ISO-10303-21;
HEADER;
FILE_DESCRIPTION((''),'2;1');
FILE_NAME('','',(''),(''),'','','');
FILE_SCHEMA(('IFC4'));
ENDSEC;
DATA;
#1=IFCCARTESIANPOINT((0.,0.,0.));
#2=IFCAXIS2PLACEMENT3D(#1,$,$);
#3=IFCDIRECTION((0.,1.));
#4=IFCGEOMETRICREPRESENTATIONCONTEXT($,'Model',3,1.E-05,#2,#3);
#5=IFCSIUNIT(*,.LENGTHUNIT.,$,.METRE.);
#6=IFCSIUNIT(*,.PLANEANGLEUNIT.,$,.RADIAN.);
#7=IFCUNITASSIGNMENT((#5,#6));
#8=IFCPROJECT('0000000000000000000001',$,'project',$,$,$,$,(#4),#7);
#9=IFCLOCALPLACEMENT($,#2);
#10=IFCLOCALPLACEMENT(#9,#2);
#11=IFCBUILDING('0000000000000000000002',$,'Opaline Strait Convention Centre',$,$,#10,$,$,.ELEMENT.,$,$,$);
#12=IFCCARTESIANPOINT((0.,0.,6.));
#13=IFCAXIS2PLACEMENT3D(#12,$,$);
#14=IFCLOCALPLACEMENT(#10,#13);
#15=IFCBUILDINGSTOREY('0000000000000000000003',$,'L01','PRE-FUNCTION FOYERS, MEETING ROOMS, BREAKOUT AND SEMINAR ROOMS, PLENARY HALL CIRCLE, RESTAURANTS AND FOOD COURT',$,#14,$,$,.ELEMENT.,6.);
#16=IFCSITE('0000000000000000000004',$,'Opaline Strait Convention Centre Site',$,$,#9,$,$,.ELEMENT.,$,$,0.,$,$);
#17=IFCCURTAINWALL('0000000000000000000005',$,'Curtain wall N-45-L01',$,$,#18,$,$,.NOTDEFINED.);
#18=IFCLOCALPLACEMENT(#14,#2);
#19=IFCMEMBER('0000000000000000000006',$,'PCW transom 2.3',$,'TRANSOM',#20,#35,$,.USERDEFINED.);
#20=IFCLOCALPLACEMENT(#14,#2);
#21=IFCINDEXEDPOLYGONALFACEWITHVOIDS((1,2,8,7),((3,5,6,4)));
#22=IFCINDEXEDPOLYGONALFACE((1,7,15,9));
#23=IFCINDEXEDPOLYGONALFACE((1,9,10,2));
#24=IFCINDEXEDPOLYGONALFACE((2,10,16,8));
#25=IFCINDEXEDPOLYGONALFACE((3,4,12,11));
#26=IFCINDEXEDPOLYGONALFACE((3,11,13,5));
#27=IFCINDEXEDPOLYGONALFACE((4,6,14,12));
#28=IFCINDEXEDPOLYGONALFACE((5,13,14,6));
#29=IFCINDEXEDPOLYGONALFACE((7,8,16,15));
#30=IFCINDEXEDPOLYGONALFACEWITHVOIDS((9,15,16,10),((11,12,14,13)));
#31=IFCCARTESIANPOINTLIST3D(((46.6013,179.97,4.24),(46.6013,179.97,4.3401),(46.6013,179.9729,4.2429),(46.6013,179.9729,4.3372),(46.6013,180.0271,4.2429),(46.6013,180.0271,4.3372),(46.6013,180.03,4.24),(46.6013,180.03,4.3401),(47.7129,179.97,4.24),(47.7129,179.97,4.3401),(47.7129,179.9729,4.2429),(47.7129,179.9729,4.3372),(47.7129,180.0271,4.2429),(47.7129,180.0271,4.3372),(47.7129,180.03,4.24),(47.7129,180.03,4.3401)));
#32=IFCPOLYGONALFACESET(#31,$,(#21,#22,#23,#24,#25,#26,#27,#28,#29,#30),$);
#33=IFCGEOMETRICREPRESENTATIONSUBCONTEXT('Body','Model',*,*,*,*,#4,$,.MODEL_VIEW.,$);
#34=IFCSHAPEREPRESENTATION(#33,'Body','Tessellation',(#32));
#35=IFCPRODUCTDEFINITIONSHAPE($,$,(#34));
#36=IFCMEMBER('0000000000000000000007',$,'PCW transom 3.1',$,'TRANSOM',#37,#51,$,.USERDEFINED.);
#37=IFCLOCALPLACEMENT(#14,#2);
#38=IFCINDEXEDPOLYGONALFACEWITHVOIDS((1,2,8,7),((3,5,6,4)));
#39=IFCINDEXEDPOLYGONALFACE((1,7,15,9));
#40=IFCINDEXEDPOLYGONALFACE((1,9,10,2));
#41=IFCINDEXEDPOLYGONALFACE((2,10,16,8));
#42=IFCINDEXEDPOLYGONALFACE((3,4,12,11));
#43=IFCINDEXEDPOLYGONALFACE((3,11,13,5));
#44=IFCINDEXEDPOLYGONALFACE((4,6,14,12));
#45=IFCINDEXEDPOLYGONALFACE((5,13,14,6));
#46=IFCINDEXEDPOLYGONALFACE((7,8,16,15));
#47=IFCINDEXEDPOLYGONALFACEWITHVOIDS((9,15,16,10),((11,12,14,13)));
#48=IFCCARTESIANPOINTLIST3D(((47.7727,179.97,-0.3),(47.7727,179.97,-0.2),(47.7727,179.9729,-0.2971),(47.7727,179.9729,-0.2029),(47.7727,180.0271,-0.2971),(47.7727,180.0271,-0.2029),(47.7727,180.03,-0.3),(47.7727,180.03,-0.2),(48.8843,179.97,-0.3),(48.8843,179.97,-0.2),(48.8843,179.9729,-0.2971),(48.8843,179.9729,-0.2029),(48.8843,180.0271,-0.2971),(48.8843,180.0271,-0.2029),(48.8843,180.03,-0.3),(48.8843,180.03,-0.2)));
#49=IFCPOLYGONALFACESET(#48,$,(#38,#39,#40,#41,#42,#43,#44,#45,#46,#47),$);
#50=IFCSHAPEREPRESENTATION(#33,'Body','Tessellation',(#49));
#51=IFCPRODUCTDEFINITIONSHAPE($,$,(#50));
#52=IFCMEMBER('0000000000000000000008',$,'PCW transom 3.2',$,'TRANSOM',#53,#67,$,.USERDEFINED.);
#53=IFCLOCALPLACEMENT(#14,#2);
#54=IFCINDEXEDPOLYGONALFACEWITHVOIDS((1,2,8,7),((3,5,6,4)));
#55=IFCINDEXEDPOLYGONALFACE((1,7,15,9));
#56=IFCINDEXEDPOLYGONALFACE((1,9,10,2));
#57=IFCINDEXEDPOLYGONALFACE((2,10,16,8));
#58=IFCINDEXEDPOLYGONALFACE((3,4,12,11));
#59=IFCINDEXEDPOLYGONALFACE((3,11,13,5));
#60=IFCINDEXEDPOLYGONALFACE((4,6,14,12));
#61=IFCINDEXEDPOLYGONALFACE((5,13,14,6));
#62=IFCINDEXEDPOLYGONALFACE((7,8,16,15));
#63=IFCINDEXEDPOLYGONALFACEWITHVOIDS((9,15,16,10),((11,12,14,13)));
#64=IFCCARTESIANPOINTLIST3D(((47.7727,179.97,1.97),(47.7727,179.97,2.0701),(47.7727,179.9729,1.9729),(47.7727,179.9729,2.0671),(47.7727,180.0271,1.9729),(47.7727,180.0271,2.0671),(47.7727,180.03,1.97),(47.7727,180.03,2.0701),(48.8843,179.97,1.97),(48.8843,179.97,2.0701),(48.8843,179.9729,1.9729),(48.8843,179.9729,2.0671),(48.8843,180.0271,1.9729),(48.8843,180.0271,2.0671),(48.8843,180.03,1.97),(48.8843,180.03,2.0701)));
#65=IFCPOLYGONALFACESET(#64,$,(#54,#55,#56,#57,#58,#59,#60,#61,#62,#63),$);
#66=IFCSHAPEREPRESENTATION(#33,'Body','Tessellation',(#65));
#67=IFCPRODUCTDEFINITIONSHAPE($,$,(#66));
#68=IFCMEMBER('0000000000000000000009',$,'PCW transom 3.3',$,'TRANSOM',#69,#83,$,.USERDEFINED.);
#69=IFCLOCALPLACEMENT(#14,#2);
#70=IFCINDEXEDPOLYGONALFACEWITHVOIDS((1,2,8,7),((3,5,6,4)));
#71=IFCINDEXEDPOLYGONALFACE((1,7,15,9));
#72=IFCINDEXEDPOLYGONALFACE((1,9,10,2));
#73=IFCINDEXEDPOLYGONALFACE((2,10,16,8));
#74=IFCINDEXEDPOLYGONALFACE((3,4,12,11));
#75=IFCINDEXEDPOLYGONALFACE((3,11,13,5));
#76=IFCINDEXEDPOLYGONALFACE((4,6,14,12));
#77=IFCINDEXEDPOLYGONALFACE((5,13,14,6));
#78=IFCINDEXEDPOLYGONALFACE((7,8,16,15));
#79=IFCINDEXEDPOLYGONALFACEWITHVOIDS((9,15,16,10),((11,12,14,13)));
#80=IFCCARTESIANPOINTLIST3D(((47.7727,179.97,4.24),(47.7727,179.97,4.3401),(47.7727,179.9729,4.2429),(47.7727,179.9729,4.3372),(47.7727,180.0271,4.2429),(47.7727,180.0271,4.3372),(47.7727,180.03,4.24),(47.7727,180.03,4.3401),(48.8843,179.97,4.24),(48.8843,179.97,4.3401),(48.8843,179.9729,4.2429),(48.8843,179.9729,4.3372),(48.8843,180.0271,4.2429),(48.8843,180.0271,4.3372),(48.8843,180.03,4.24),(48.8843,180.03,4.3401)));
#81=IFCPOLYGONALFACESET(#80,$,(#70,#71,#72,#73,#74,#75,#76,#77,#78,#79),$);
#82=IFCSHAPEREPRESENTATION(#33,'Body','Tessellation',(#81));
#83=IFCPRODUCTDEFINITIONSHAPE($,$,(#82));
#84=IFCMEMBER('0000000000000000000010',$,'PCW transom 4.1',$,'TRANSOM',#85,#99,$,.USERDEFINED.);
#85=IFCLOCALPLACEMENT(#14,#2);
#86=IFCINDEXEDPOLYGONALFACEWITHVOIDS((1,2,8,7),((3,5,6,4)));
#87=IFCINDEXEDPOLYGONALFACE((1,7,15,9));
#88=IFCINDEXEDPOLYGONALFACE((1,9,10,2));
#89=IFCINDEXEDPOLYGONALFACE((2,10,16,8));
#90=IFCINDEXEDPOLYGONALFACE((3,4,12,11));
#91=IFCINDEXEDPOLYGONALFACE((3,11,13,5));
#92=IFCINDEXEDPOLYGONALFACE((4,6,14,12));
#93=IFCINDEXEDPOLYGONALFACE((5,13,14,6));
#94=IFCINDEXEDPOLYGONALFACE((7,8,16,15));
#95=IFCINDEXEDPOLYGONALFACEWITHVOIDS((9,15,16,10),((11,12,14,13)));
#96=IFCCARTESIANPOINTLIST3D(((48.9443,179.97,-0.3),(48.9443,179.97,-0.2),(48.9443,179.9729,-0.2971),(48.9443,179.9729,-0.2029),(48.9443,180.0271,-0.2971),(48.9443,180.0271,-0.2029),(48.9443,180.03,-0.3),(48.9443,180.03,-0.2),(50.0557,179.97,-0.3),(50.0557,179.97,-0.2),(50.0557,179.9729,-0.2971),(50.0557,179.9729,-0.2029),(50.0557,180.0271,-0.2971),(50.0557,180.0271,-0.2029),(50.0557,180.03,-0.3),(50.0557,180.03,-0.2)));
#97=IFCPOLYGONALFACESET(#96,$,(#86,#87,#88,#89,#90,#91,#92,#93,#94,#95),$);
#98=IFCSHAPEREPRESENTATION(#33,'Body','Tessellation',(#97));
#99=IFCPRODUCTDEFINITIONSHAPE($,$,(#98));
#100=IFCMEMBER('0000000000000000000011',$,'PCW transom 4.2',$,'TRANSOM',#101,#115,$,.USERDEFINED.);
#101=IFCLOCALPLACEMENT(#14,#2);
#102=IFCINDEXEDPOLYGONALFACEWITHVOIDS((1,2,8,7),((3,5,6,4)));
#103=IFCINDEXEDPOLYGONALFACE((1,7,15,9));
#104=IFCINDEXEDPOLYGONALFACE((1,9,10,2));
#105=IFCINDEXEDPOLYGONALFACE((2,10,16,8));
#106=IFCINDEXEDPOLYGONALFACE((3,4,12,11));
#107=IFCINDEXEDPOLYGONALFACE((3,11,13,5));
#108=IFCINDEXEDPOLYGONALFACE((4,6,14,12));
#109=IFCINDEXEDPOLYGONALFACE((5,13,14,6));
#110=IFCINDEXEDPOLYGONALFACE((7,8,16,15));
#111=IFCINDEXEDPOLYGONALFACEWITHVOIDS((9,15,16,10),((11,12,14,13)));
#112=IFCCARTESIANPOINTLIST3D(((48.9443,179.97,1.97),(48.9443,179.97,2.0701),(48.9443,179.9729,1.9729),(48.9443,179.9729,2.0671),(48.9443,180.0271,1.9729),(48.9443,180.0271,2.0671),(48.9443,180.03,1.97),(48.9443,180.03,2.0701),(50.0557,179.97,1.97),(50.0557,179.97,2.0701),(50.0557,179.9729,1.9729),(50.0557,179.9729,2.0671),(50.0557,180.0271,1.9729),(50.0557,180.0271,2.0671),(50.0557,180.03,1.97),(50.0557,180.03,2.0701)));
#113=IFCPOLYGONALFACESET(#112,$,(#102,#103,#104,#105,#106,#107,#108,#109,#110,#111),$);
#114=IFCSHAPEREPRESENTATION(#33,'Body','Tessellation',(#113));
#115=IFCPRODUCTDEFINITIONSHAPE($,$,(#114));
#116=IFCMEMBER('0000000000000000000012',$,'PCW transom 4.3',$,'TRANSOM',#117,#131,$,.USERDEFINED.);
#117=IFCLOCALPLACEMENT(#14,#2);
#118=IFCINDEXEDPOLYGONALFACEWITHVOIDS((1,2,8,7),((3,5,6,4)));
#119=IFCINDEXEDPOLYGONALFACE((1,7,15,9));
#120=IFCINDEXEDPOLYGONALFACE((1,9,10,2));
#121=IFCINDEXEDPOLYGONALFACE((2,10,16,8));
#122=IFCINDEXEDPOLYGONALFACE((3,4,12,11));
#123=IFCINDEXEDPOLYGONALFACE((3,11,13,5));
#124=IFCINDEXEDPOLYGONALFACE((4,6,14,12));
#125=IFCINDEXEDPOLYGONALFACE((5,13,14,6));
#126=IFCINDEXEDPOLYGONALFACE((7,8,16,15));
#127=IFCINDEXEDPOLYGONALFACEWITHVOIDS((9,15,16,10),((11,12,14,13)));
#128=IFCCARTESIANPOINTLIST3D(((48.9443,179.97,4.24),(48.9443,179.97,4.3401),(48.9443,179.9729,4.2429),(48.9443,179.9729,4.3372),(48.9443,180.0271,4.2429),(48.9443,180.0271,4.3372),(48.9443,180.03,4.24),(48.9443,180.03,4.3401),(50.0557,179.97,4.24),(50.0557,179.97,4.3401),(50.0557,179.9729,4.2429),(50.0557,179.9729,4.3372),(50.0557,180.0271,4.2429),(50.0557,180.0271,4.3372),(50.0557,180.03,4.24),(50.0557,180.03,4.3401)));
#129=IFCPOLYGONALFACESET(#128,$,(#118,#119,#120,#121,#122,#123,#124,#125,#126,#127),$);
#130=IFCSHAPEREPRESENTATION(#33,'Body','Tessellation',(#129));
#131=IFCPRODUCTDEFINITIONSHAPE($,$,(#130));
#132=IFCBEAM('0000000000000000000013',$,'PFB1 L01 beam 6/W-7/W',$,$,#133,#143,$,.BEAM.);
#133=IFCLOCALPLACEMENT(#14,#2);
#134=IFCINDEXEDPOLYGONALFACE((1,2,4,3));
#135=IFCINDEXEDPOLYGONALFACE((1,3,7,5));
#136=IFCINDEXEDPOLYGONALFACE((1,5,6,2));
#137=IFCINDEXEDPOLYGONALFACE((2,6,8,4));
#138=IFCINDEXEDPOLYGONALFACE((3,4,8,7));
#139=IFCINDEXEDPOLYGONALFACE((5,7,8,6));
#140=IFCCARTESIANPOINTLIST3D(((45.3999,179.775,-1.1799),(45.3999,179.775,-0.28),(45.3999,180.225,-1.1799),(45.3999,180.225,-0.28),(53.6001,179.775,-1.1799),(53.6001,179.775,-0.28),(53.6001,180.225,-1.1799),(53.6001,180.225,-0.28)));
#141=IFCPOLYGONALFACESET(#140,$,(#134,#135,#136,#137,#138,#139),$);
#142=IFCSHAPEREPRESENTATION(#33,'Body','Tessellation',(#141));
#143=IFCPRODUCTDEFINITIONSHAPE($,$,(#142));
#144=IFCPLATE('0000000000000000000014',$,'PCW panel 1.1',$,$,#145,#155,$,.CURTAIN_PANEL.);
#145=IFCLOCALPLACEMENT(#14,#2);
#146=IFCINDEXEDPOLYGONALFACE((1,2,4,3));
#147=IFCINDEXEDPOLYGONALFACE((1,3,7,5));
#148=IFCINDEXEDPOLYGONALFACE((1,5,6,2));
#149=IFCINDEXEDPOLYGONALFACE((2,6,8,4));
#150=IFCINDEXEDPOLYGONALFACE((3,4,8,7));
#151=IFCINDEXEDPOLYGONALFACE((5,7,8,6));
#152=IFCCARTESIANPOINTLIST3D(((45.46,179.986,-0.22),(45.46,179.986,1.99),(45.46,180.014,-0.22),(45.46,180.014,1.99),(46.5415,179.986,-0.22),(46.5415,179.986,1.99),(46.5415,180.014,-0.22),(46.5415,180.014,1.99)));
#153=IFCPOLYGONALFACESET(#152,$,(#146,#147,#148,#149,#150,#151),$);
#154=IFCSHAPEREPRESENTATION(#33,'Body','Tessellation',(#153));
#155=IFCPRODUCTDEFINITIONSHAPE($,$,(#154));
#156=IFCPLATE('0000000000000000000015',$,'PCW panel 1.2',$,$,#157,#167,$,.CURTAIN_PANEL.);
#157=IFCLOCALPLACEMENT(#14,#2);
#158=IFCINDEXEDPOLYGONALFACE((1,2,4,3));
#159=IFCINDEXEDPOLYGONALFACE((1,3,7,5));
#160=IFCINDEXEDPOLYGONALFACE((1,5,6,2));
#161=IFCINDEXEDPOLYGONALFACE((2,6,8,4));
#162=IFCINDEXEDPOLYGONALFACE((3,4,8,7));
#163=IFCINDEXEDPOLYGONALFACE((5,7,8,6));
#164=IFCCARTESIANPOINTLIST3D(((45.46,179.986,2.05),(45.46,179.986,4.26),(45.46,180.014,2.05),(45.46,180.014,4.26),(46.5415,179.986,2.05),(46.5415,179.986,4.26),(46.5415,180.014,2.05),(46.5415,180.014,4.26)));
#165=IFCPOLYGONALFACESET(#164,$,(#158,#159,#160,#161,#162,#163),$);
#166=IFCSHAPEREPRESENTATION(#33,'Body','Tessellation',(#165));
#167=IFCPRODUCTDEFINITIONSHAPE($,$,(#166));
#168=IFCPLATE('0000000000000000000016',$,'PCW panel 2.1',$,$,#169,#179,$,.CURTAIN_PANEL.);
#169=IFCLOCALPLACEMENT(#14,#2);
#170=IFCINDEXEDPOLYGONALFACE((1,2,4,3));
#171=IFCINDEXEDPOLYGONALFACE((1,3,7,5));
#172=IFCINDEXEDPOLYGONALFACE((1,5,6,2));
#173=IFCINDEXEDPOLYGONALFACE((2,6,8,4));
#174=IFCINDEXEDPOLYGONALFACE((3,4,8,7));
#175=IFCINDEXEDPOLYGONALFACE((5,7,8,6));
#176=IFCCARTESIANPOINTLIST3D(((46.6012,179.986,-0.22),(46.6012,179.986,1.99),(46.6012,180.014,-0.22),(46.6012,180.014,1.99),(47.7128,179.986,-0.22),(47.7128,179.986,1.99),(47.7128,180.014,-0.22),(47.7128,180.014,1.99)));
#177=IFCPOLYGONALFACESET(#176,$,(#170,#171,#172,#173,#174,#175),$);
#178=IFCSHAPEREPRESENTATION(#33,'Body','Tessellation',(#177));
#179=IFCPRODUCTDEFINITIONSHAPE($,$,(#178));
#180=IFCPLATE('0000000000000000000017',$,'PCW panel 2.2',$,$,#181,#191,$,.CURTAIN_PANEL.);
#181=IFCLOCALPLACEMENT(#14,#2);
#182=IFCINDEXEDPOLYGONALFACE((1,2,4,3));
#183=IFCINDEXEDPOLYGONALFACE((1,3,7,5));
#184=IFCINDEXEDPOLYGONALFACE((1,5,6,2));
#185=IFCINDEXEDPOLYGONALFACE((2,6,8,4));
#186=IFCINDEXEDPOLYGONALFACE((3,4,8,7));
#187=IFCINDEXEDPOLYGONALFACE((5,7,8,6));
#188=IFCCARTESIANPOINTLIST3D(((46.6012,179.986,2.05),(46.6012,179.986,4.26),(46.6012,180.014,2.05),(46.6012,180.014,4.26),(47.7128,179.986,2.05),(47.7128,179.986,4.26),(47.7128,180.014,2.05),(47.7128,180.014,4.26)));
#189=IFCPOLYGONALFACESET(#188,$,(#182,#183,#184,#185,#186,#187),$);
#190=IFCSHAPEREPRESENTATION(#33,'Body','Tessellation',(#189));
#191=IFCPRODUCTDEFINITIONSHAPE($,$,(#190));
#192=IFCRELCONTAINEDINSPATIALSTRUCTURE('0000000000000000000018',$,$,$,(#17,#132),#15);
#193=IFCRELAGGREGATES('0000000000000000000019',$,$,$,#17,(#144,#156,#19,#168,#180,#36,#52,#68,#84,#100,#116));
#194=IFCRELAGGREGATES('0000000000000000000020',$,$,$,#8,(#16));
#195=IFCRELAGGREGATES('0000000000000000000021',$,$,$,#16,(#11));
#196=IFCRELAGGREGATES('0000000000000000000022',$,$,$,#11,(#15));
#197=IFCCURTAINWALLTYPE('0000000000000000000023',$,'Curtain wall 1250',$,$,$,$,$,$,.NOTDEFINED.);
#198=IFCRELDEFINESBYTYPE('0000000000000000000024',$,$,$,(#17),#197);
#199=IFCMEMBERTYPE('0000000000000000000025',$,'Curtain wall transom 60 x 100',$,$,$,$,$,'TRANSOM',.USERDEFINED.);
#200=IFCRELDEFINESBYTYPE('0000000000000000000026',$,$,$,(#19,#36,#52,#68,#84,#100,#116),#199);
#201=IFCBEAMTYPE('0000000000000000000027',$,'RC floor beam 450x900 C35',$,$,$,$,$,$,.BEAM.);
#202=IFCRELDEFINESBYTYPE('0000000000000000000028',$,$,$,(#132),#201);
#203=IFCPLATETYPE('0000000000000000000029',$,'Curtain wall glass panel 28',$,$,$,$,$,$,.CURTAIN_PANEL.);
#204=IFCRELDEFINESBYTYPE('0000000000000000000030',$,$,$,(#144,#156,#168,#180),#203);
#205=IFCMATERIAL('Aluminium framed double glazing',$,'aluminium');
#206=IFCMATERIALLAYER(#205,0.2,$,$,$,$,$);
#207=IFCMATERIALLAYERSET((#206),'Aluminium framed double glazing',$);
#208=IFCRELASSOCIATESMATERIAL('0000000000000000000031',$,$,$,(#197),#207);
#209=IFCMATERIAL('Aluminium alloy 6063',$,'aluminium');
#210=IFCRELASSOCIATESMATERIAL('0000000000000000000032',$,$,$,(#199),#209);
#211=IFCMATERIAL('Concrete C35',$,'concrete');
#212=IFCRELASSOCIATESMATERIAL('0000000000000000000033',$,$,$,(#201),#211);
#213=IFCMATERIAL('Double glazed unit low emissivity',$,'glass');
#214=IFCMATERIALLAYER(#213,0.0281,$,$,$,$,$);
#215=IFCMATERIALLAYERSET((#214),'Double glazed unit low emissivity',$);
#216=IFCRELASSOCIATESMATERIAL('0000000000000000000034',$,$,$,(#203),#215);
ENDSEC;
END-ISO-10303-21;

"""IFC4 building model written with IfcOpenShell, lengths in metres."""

from ifc_helpers import new_model, si_unit, direction, frame, origin, origin_2d, place, context, subcontext, project, spatial, rectangle, hollow_rectangle, extrude, material, layer, layer_set, material_profile, profile_set, type_object, element, aggregate, save


model = new_model("IFC4")

# Units and contexts
model_context = context("Model", 3, precision=1e-05, world=origin(), true_north=direction((0.0, 1.0)))
body_context = subcontext(model_context, "Body", "Model", "MODEL_VIEW")
ifc_project = project(units=[si_unit("LENGTHUNIT", "METRE"), si_unit("PLANEANGLEUNIT", "RADIAN")], contexts=[model_context])

# Site, building, storey
site_placement = place(None, origin())
site = spatial("IfcSite", under=ifc_project, at=site_placement, Name="Opaline Strait Convention Centre Site", CompositionType="ELEMENT", RefElevation=0.0)
building_placement = place(site_placement, origin())
building = spatial("IfcBuilding", under=site, at=building_placement, Name="Opaline Strait Convention Centre", CompositionType="ELEMENT")
storey_placement = place(building_placement, frame((0.0, 0.0, 6.0)))
storey = spatial("IfcBuildingStorey", under=building, at=storey_placement, Name="L01", Description="PRE-FUNCTION FOYERS, MEETING ROOMS, BREAKOUT AND SEMINAR ROOMS, PLENARY HALL CIRCLE, RESTAURANTS AND FOOD COURT", CompositionType="ELEMENT", Elevation=6.0)

# Shared definitions
ifc_material_1 = material(Name="Aluminium framed double glazing", Category="aluminium")
ifc_layer_1 = layer(ifc_material_1, 0.2)
ifc_layer_set_1 = layer_set([ifc_layer_1], Name="Aluminium framed double glazing")
curtain_wall_type = type_object("IfcCurtainWallType", Name="Curtain wall 1250", PredefinedType="NOTDEFINED", material=ifc_layer_set_1)
ifc_material_2 = material(Name="Aluminium alloy 6063", Category="aluminium")

# Curtain wall, members
curtain_wall_1_placement = place(storey_placement, origin())
curtain_wall_1 = element("IfcCurtainWall", 1, at=curtain_wall_1_placement, inside=storey, type_object=curtain_wall_type, Name="Curtain wall N-45-L01", PredefinedType="NOTDEFINED")
ifc_material_profile_1 = material_profile(ifc_material_2, hollow_rectangle(XDim=0.0601, YDim=0.1001, WallThickness=0.0029, at=origin_2d()), Name="TRANSOM 60x100x3")
ifc_profile_set_1 = profile_set([ifc_material_profile_1], Name="Aluminium alloy 6063")
member_type_1 = type_object("IfcMemberType", Name="Curtain wall transom 60 x 100", ElementType="TRANSOM", PredefinedType="USERDEFINED", material=ifc_profile_set_1)
member_1_placement = place(storey_placement, frame((46.6013, 180.0, 4.29), z_axis=(1.0, 0.0, 0.0), x_axis=(0.0, 1.0, 0.0)))
member_1 = element("IfcMember", 2, at=member_1_placement, type_object=member_type_1, Name="PCW transom 2.3", ObjectType="TRANSOM", PredefinedType="USERDEFINED", context=body_context, shape_type="SweptSolid", body=[
    extrude(hollow_rectangle(XDim=0.0601, YDim=0.1001, WallThickness=0.0029, at=origin_2d()), origin(), (0.0, 0.0, 1.0), 1.1116),
])
member_2_placement = place(storey_placement, frame((47.7727, 180.0, -0.25), z_axis=(1.0, 0.0, 0.0), x_axis=(0.0, 1.0, 0.0)))
member_2 = element("IfcMember", 3, at=member_2_placement, type_object=member_type_1, Name="PCW transom 3.1", ObjectType="TRANSOM", PredefinedType="USERDEFINED", context=body_context, shape_type="SweptSolid", body=[
    extrude(hollow_rectangle(XDim=0.0601, YDim=0.1001, WallThickness=0.0029, at=origin_2d()), origin(), (0.0, 0.0, 1.0), 1.1116),
])
member_3_placement = place(storey_placement, frame((47.7727, 180.0, 2.02), z_axis=(1.0, 0.0, 0.0), x_axis=(0.0, 1.0, 0.0)))
member_3 = element("IfcMember", 4, at=member_3_placement, type_object=member_type_1, Name="PCW transom 3.2", ObjectType="TRANSOM", PredefinedType="USERDEFINED", context=body_context, shape_type="SweptSolid", body=[
    extrude(hollow_rectangle(XDim=0.0601, YDim=0.1001, WallThickness=0.0029, at=origin_2d()), origin(), (0.0, 0.0, 1.0), 1.1116),
])
member_4_placement = place(storey_placement, frame((47.7727, 180.0, 4.29), z_axis=(1.0, 0.0, 0.0), x_axis=(0.0, 1.0, 0.0)))
member_4 = element("IfcMember", 5, at=member_4_placement, type_object=member_type_1, Name="PCW transom 3.3", ObjectType="TRANSOM", PredefinedType="USERDEFINED", context=body_context, shape_type="SweptSolid", body=[
    extrude(hollow_rectangle(XDim=0.0601, YDim=0.1001, WallThickness=0.0029, at=origin_2d()), origin(), (0.0, 0.0, 1.0), 1.1116),
])
member_5_placement = place(storey_placement, frame((48.9443, 180.0, -0.25), z_axis=(1.0, 0.0, 0.0), x_axis=(0.0, 1.0, 0.0)))
member_5 = element("IfcMember", 6, at=member_5_placement, type_object=member_type_1, Name="PCW transom 4.1", ObjectType="TRANSOM", PredefinedType="USERDEFINED", context=body_context, shape_type="SweptSolid", body=[
    extrude(hollow_rectangle(XDim=0.0601, YDim=0.1001, WallThickness=0.0029, at=origin_2d()), origin(), (0.0, 0.0, 1.0), 1.1113),
])
member_6_placement = place(storey_placement, frame((48.9443, 180.0, 2.02), z_axis=(1.0, 0.0, 0.0), x_axis=(0.0, 1.0, 0.0)))
member_6 = element("IfcMember", 7, at=member_6_placement, type_object=member_type_1, Name="PCW transom 4.2", ObjectType="TRANSOM", PredefinedType="USERDEFINED", context=body_context, shape_type="SweptSolid", body=[
    extrude(hollow_rectangle(XDim=0.0601, YDim=0.1001, WallThickness=0.0029, at=origin_2d()), origin(), (0.0, 0.0, 1.0), 1.1113),
])
member_7_placement = place(storey_placement, frame((48.9443, 180.0, 4.29), z_axis=(1.0, 0.0, 0.0), x_axis=(0.0, 1.0, 0.0)))
member_7 = element("IfcMember", 8, at=member_7_placement, type_object=member_type_1, Name="PCW transom 4.3", ObjectType="TRANSOM", PredefinedType="USERDEFINED", context=body_context, shape_type="SweptSolid", body=[
    extrude(hollow_rectangle(XDim=0.0601, YDim=0.1001, WallThickness=0.0029, at=origin_2d()), origin(), (0.0, 0.0, 1.0), 1.1113),
])

# Beam
ifc_material_3 = material(Name="Concrete C35", Category="concrete")
ifc_material_profile_2 = material_profile(ifc_material_3, rectangle(XDim=0.45, YDim=0.8999, at=origin_2d()), Name="RC 450x900")
ifc_profile_set_2 = profile_set([ifc_material_profile_2], Name="Concrete C35")
beam_type = type_object("IfcBeamType", Name="RC floor beam 450x900 C35", PredefinedType="BEAM", material=ifc_profile_set_2)
beam_placement = place(storey_placement, frame((45.3999, 180.0, -0.73), z_axis=(1.0, 0.0, 0.0), x_axis=(0.0, 1.0, 0.0)))
element("IfcBeam", 9, at=beam_placement, inside=storey, type_object=beam_type, Name="PFB1 L01 beam 6/W-7/W", PredefinedType="BEAM", context=body_context, shape_type="SweptSolid", body=[
    extrude(rectangle(XDim=0.45, YDim=0.8999, at=origin_2d()), origin(), (0.0, 0.0, 1.0), 8.2002),
])

# Plates
ifc_material_4 = material(Name="Double glazed unit low emissivity", Category="glass")
ifc_layer_2 = layer(ifc_material_4, 0.0281)
ifc_layer_set_2 = layer_set([ifc_layer_2], Name="Double glazed unit low emissivity")
plate_type = type_object("IfcPlateType", Name="Curtain wall glass panel 28", PredefinedType="CURTAIN_PANEL", material=ifc_layer_set_2)
plate_1_placement = place(storey_placement, frame((46.0007, 180.0, -0.22), z_axis=(0.0, 0.0, 1.0), x_axis=(1.0, 0.0, 0.0)))
plate_1 = element("IfcPlate", 10, at=plate_1_placement, type_object=plate_type, Name="PCW panel 1.1", PredefinedType="CURTAIN_PANEL", context=body_context, shape_type="SweptSolid", body=[
    extrude(rectangle(XDim=1.0815, YDim=0.0281, at=origin_2d()), origin(), (0.0, 0.0, 1.0), 2.21),
])
plate_2_placement = place(storey_placement, frame((46.0007, 180.0, 2.05), z_axis=(0.0, 0.0, 1.0), x_axis=(1.0, 0.0, 0.0)))
plate_2 = element("IfcPlate", 11, at=plate_2_placement, type_object=plate_type, Name="PCW panel 1.2", PredefinedType="CURTAIN_PANEL", context=body_context, shape_type="SweptSolid", body=[
    extrude(rectangle(XDim=1.0815, YDim=0.0281, at=origin_2d()), origin(), (0.0, 0.0, 1.0), 2.21),
])
plate_3_placement = place(storey_placement, frame((47.157, 180.0, -0.22), z_axis=(0.0, 0.0, 1.0), x_axis=(1.0, 0.0, 0.0)))
plate_3 = element("IfcPlate", 12, at=plate_3_placement, type_object=plate_type, Name="PCW panel 2.1", PredefinedType="CURTAIN_PANEL", context=body_context, shape_type="SweptSolid", body=[
    extrude(rectangle(XDim=1.1116, YDim=0.0281, at=origin_2d()), origin(), (0.0, 0.0, 1.0), 2.21),
])
plate_4_placement = place(storey_placement, frame((47.157, 180.0, 2.05), z_axis=(0.0, 0.0, 1.0), x_axis=(1.0, 0.0, 0.0)))
plate_4 = element("IfcPlate", 13, at=plate_4_placement, type_object=plate_type, Name="PCW panel 2.2", PredefinedType="CURTAIN_PANEL", context=body_context, shape_type="SweptSolid", body=[
    extrude(rectangle(XDim=1.1116, YDim=0.0281, at=origin_2d()), origin(), (0.0, 0.0, 1.0), 2.21),
])
aggregate(curtain_wall_1, [plate_1, plate_2, member_1, plate_3, plate_4, member_2, member_3, member_4, member_5, member_6, member_7])

save(model, "model.ifc")
